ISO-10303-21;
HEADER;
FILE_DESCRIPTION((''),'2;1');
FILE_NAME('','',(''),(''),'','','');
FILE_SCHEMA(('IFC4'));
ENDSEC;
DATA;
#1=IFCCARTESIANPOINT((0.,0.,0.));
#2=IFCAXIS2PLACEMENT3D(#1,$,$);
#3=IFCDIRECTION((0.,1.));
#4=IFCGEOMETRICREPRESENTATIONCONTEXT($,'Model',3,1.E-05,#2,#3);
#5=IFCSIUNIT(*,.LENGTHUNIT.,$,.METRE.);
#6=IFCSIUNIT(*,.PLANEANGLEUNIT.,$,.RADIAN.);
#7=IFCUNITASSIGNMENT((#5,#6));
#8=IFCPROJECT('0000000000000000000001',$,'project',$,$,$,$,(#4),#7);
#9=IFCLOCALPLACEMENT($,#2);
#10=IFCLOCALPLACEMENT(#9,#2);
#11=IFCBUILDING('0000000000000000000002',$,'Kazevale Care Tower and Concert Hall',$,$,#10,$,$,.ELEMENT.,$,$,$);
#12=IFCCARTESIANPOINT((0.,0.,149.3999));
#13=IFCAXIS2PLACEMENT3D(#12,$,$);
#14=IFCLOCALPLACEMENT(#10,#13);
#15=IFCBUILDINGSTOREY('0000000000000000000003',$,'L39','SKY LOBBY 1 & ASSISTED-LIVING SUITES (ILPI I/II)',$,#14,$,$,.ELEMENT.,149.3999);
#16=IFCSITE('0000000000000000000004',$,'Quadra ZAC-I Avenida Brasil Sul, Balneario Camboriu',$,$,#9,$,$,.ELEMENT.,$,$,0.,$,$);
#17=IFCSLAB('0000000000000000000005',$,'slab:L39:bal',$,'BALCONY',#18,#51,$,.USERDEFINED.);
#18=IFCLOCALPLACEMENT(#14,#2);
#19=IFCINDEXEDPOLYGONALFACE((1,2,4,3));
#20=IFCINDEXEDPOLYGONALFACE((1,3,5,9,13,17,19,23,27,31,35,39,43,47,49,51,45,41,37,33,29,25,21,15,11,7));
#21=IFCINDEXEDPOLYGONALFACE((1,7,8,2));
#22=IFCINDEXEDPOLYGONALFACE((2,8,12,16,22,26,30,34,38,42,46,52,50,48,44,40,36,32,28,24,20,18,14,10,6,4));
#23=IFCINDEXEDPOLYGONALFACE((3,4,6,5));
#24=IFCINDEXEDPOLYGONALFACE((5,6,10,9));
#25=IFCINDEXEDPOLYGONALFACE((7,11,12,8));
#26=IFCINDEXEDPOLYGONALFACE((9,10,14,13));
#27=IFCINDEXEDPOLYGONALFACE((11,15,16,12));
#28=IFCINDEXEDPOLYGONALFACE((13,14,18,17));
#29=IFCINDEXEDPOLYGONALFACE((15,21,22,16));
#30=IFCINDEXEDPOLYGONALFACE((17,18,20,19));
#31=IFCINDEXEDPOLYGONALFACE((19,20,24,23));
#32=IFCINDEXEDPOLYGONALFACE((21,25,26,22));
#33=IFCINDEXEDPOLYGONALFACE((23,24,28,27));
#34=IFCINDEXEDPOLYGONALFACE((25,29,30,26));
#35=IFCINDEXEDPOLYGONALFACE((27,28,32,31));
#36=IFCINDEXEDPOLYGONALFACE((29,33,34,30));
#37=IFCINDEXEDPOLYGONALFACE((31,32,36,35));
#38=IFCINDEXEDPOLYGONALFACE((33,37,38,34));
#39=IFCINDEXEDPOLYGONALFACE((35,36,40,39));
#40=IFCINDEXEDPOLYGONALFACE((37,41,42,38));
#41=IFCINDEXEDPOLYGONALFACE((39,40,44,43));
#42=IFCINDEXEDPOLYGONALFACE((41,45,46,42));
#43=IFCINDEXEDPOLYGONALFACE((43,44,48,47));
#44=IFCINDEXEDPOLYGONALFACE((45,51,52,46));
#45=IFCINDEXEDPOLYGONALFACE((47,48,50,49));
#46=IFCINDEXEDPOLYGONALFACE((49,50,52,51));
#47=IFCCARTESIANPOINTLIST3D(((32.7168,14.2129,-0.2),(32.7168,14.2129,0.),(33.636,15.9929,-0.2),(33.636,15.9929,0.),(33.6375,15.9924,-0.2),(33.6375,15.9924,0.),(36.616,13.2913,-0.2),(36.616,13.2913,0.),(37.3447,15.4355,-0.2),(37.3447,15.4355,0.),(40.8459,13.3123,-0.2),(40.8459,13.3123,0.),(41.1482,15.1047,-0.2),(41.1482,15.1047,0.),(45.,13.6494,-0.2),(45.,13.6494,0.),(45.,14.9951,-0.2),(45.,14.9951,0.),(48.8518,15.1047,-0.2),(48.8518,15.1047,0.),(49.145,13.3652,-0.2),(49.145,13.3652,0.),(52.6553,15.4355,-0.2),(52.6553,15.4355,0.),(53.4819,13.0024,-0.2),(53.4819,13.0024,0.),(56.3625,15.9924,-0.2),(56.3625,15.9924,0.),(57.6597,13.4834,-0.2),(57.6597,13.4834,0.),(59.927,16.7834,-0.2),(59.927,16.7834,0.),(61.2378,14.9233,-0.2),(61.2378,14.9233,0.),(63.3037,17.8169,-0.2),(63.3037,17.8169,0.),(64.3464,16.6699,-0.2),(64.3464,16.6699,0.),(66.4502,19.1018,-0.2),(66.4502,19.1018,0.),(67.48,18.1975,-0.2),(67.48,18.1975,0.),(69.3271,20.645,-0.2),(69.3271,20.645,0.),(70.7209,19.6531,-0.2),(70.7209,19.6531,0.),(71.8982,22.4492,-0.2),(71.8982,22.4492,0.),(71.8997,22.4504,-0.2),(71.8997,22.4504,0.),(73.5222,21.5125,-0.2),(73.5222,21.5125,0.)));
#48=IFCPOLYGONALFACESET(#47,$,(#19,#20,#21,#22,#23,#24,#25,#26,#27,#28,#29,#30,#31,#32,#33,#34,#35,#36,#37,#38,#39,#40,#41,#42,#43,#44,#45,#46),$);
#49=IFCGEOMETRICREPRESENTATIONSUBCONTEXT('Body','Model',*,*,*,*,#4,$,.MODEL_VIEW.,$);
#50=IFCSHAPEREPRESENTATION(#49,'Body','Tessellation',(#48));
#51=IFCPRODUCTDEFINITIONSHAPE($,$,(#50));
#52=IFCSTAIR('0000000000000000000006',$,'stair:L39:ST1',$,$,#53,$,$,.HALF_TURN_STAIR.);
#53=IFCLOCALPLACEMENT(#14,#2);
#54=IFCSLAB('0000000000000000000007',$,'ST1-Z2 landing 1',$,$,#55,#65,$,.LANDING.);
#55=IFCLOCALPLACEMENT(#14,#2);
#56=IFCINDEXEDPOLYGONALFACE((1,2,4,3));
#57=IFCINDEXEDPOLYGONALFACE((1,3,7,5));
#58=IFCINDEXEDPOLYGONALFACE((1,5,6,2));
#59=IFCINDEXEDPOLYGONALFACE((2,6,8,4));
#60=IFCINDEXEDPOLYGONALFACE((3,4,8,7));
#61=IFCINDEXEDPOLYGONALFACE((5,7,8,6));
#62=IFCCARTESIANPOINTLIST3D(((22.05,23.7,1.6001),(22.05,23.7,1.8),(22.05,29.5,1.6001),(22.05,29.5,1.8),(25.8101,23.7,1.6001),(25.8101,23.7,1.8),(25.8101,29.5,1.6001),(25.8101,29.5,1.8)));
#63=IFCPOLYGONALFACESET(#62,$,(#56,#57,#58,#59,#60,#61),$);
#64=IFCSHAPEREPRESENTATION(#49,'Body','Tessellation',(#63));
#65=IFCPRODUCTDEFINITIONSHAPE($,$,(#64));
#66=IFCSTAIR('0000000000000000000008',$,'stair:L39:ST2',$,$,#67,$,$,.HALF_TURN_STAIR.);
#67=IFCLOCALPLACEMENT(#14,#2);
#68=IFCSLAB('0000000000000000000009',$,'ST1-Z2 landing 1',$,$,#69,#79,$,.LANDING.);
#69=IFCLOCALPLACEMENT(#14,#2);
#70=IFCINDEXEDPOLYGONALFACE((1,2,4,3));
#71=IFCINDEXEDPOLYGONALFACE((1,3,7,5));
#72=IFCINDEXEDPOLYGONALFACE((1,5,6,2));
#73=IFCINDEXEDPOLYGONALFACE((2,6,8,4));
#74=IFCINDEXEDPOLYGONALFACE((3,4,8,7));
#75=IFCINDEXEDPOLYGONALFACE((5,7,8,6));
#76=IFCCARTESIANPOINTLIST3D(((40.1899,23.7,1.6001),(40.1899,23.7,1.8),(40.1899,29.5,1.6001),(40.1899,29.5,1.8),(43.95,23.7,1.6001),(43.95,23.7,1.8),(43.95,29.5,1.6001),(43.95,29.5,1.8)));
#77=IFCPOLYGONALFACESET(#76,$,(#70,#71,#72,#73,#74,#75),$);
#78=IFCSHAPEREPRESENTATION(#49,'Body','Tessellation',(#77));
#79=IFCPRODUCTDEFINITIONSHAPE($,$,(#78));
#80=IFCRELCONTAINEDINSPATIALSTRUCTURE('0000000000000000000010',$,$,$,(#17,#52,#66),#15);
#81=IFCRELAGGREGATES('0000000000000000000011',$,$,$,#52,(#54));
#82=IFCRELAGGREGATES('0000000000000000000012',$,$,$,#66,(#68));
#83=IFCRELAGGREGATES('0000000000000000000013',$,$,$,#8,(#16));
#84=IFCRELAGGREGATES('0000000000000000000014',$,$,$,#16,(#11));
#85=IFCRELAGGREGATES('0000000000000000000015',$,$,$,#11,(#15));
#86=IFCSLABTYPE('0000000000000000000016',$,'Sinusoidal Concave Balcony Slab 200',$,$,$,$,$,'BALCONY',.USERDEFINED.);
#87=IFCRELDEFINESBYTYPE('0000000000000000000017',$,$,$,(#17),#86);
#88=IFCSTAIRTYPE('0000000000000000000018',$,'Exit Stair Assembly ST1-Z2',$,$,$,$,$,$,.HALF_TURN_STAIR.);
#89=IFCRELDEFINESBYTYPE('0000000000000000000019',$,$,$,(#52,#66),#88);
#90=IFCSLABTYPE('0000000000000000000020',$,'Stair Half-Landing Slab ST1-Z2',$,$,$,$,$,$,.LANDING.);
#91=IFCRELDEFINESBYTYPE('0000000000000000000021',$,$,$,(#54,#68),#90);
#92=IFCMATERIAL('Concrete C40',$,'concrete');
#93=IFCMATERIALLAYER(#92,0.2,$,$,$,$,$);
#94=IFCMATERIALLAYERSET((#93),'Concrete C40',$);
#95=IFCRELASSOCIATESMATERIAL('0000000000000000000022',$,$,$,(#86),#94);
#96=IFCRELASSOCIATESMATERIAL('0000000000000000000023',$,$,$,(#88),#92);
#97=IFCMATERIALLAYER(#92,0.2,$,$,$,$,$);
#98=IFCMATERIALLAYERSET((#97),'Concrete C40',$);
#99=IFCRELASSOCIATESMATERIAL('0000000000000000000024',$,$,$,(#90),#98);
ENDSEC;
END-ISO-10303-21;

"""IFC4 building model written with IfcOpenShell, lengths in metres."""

from ifc_helpers import new_model, si_unit, direction, frame, origin, place, context, subcontext, project, spatial, polyline, outline, extrude, material, layer, layer_set, type_object, element, aggregate, save


model = new_model("IFC4")

# Units and contexts
model_context = context("Model", 3, precision=1e-05, world=origin(), true_north=direction((0.0, 1.0)))
body_context = subcontext(model_context, "Body", "Model", "MODEL_VIEW")
ifc_project = project(units=[si_unit("LENGTHUNIT", "METRE"), si_unit("PLANEANGLEUNIT", "RADIAN")], contexts=[model_context])

# Site, building, storey
site_placement = place(None, origin())
site = spatial("IfcSite", under=ifc_project, at=site_placement, Name="Quadra ZAC-I Avenida Brasil Sul, Balneario Camboriu", CompositionType="ELEMENT", RefElevation=0.0)
building_placement = place(site_placement, origin())
building = spatial("IfcBuilding", under=site, at=building_placement, Name="Kazevale Care Tower and Concert Hall", CompositionType="ELEMENT")
storey_placement = place(building_placement, frame((0.0, 0.0, 149.3999)))
storey = spatial("IfcBuildingStorey", under=building, at=storey_placement, Name="L39", Description="SKY LOBBY 1 & ASSISTED-LIVING SUITES (ILPI I/II)", CompositionType="ELEMENT", Elevation=149.3999)

# Slab
ifc_material_1 = material(Name="Concrete C40", Category="concrete")
ifc_layer_1 = layer(ifc_material_1, 0.2)
ifc_layer_set_1 = layer_set([ifc_layer_1], Name="Concrete C40")
slab_type_1 = type_object("IfcSlabType", Name="Sinusoidal Concave Balcony Slab 200", ElementType="BALCONY", PredefinedType="USERDEFINED", material=ifc_layer_set_1)
slab_1_placement = place(storey_placement, frame((0.0, 0.0, -0.2)))
element("IfcSlab", 1, at=slab_1_placement, inside=storey, type_object=slab_type_1, Name="slab:L39:bal", ObjectType="BALCONY", PredefinedType="USERDEFINED", context=body_context, shape_type="SweptSolid", body=[
    extrude(outline(polyline([(73.5222, 21.5125), (70.7209, 19.6531), (67.48, 18.1975), (64.3464, 16.6699), (61.2378, 14.9233), (57.6597, 13.4834), (53.4819, 13.0024), (49.145, 13.3652), (45.0, 13.6494), (40.8459, 13.3123), (36.616, 13.2913), (32.7168, 14.2129), (33.636, 15.9929), (33.6375, 15.9924), (37.3447, 15.4355), (41.1482, 15.1047), (45.0, 14.9951), (48.8518, 15.1047), (52.6553, 15.4355), (56.3625, 15.9924), (59.927, 16.7834), (63.3037, 17.8169), (66.4502, 19.1018), (69.3271, 20.645), (71.8982, 22.4492), (71.8997, 22.4504), (73.5222, 21.5125)])), origin(), (0.0, 0.0, 1.0), 0.2),
])

# Stairs, slabs
stair_type = type_object("IfcStairType", Name="Exit Stair Assembly ST1-Z2", PredefinedType="HALF_TURN_STAIR", material=ifc_material_1)
stair_1_placement = place(storey_placement, origin())
stair_1 = element("IfcStair", 2, at=stair_1_placement, inside=storey, type_object=stair_type, Name="stair:L39:ST1", PredefinedType="HALF_TURN_STAIR")
ifc_layer_2 = layer(ifc_material_1, 0.2)
ifc_layer_set_2 = layer_set([ifc_layer_2], Name="Concrete C40")
slab_type_2 = type_object("IfcSlabType", Name="Stair Half-Landing Slab ST1-Z2", PredefinedType="LANDING", material=ifc_layer_set_2)
slab_2_placement = place(storey_placement, frame((0.0, 0.0, 1.6001)))
slab_2 = element("IfcSlab", 3, at=slab_2_placement, type_object=slab_type_2, Name="ST1-Z2 landing 1", PredefinedType="LANDING", context=body_context, shape_type="SweptSolid", body=[
    extrude(outline(polyline([(22.05, 23.7), (25.8101, 23.7), (25.8101, 29.5), (22.05, 29.5), (22.05, 23.7)])), origin(), (0.0, 0.0, 1.0), 0.2),
])
aggregate(stair_1, [slab_2])
stair_2_placement = place(storey_placement, origin())
stair_2 = element("IfcStair", 4, at=stair_2_placement, inside=storey, type_object=stair_type, Name="stair:L39:ST2", PredefinedType="HALF_TURN_STAIR")
slab_3_placement = place(storey_placement, frame((0.0, 0.0, 1.6001)))
slab_3 = element("IfcSlab", 5, at=slab_3_placement, type_object=slab_type_2, Name="ST1-Z2 landing 1", PredefinedType="LANDING", context=body_context, shape_type="SweptSolid", body=[
    extrude(outline(polyline([(40.1899, 23.7), (43.95, 23.7), (43.95, 29.5), (40.1899, 29.5), (40.1899, 23.7)])), origin(), (0.0, 0.0, 1.0), 0.2),
])
aggregate(stair_2, [slab_3])

save(model, "model.ifc")
